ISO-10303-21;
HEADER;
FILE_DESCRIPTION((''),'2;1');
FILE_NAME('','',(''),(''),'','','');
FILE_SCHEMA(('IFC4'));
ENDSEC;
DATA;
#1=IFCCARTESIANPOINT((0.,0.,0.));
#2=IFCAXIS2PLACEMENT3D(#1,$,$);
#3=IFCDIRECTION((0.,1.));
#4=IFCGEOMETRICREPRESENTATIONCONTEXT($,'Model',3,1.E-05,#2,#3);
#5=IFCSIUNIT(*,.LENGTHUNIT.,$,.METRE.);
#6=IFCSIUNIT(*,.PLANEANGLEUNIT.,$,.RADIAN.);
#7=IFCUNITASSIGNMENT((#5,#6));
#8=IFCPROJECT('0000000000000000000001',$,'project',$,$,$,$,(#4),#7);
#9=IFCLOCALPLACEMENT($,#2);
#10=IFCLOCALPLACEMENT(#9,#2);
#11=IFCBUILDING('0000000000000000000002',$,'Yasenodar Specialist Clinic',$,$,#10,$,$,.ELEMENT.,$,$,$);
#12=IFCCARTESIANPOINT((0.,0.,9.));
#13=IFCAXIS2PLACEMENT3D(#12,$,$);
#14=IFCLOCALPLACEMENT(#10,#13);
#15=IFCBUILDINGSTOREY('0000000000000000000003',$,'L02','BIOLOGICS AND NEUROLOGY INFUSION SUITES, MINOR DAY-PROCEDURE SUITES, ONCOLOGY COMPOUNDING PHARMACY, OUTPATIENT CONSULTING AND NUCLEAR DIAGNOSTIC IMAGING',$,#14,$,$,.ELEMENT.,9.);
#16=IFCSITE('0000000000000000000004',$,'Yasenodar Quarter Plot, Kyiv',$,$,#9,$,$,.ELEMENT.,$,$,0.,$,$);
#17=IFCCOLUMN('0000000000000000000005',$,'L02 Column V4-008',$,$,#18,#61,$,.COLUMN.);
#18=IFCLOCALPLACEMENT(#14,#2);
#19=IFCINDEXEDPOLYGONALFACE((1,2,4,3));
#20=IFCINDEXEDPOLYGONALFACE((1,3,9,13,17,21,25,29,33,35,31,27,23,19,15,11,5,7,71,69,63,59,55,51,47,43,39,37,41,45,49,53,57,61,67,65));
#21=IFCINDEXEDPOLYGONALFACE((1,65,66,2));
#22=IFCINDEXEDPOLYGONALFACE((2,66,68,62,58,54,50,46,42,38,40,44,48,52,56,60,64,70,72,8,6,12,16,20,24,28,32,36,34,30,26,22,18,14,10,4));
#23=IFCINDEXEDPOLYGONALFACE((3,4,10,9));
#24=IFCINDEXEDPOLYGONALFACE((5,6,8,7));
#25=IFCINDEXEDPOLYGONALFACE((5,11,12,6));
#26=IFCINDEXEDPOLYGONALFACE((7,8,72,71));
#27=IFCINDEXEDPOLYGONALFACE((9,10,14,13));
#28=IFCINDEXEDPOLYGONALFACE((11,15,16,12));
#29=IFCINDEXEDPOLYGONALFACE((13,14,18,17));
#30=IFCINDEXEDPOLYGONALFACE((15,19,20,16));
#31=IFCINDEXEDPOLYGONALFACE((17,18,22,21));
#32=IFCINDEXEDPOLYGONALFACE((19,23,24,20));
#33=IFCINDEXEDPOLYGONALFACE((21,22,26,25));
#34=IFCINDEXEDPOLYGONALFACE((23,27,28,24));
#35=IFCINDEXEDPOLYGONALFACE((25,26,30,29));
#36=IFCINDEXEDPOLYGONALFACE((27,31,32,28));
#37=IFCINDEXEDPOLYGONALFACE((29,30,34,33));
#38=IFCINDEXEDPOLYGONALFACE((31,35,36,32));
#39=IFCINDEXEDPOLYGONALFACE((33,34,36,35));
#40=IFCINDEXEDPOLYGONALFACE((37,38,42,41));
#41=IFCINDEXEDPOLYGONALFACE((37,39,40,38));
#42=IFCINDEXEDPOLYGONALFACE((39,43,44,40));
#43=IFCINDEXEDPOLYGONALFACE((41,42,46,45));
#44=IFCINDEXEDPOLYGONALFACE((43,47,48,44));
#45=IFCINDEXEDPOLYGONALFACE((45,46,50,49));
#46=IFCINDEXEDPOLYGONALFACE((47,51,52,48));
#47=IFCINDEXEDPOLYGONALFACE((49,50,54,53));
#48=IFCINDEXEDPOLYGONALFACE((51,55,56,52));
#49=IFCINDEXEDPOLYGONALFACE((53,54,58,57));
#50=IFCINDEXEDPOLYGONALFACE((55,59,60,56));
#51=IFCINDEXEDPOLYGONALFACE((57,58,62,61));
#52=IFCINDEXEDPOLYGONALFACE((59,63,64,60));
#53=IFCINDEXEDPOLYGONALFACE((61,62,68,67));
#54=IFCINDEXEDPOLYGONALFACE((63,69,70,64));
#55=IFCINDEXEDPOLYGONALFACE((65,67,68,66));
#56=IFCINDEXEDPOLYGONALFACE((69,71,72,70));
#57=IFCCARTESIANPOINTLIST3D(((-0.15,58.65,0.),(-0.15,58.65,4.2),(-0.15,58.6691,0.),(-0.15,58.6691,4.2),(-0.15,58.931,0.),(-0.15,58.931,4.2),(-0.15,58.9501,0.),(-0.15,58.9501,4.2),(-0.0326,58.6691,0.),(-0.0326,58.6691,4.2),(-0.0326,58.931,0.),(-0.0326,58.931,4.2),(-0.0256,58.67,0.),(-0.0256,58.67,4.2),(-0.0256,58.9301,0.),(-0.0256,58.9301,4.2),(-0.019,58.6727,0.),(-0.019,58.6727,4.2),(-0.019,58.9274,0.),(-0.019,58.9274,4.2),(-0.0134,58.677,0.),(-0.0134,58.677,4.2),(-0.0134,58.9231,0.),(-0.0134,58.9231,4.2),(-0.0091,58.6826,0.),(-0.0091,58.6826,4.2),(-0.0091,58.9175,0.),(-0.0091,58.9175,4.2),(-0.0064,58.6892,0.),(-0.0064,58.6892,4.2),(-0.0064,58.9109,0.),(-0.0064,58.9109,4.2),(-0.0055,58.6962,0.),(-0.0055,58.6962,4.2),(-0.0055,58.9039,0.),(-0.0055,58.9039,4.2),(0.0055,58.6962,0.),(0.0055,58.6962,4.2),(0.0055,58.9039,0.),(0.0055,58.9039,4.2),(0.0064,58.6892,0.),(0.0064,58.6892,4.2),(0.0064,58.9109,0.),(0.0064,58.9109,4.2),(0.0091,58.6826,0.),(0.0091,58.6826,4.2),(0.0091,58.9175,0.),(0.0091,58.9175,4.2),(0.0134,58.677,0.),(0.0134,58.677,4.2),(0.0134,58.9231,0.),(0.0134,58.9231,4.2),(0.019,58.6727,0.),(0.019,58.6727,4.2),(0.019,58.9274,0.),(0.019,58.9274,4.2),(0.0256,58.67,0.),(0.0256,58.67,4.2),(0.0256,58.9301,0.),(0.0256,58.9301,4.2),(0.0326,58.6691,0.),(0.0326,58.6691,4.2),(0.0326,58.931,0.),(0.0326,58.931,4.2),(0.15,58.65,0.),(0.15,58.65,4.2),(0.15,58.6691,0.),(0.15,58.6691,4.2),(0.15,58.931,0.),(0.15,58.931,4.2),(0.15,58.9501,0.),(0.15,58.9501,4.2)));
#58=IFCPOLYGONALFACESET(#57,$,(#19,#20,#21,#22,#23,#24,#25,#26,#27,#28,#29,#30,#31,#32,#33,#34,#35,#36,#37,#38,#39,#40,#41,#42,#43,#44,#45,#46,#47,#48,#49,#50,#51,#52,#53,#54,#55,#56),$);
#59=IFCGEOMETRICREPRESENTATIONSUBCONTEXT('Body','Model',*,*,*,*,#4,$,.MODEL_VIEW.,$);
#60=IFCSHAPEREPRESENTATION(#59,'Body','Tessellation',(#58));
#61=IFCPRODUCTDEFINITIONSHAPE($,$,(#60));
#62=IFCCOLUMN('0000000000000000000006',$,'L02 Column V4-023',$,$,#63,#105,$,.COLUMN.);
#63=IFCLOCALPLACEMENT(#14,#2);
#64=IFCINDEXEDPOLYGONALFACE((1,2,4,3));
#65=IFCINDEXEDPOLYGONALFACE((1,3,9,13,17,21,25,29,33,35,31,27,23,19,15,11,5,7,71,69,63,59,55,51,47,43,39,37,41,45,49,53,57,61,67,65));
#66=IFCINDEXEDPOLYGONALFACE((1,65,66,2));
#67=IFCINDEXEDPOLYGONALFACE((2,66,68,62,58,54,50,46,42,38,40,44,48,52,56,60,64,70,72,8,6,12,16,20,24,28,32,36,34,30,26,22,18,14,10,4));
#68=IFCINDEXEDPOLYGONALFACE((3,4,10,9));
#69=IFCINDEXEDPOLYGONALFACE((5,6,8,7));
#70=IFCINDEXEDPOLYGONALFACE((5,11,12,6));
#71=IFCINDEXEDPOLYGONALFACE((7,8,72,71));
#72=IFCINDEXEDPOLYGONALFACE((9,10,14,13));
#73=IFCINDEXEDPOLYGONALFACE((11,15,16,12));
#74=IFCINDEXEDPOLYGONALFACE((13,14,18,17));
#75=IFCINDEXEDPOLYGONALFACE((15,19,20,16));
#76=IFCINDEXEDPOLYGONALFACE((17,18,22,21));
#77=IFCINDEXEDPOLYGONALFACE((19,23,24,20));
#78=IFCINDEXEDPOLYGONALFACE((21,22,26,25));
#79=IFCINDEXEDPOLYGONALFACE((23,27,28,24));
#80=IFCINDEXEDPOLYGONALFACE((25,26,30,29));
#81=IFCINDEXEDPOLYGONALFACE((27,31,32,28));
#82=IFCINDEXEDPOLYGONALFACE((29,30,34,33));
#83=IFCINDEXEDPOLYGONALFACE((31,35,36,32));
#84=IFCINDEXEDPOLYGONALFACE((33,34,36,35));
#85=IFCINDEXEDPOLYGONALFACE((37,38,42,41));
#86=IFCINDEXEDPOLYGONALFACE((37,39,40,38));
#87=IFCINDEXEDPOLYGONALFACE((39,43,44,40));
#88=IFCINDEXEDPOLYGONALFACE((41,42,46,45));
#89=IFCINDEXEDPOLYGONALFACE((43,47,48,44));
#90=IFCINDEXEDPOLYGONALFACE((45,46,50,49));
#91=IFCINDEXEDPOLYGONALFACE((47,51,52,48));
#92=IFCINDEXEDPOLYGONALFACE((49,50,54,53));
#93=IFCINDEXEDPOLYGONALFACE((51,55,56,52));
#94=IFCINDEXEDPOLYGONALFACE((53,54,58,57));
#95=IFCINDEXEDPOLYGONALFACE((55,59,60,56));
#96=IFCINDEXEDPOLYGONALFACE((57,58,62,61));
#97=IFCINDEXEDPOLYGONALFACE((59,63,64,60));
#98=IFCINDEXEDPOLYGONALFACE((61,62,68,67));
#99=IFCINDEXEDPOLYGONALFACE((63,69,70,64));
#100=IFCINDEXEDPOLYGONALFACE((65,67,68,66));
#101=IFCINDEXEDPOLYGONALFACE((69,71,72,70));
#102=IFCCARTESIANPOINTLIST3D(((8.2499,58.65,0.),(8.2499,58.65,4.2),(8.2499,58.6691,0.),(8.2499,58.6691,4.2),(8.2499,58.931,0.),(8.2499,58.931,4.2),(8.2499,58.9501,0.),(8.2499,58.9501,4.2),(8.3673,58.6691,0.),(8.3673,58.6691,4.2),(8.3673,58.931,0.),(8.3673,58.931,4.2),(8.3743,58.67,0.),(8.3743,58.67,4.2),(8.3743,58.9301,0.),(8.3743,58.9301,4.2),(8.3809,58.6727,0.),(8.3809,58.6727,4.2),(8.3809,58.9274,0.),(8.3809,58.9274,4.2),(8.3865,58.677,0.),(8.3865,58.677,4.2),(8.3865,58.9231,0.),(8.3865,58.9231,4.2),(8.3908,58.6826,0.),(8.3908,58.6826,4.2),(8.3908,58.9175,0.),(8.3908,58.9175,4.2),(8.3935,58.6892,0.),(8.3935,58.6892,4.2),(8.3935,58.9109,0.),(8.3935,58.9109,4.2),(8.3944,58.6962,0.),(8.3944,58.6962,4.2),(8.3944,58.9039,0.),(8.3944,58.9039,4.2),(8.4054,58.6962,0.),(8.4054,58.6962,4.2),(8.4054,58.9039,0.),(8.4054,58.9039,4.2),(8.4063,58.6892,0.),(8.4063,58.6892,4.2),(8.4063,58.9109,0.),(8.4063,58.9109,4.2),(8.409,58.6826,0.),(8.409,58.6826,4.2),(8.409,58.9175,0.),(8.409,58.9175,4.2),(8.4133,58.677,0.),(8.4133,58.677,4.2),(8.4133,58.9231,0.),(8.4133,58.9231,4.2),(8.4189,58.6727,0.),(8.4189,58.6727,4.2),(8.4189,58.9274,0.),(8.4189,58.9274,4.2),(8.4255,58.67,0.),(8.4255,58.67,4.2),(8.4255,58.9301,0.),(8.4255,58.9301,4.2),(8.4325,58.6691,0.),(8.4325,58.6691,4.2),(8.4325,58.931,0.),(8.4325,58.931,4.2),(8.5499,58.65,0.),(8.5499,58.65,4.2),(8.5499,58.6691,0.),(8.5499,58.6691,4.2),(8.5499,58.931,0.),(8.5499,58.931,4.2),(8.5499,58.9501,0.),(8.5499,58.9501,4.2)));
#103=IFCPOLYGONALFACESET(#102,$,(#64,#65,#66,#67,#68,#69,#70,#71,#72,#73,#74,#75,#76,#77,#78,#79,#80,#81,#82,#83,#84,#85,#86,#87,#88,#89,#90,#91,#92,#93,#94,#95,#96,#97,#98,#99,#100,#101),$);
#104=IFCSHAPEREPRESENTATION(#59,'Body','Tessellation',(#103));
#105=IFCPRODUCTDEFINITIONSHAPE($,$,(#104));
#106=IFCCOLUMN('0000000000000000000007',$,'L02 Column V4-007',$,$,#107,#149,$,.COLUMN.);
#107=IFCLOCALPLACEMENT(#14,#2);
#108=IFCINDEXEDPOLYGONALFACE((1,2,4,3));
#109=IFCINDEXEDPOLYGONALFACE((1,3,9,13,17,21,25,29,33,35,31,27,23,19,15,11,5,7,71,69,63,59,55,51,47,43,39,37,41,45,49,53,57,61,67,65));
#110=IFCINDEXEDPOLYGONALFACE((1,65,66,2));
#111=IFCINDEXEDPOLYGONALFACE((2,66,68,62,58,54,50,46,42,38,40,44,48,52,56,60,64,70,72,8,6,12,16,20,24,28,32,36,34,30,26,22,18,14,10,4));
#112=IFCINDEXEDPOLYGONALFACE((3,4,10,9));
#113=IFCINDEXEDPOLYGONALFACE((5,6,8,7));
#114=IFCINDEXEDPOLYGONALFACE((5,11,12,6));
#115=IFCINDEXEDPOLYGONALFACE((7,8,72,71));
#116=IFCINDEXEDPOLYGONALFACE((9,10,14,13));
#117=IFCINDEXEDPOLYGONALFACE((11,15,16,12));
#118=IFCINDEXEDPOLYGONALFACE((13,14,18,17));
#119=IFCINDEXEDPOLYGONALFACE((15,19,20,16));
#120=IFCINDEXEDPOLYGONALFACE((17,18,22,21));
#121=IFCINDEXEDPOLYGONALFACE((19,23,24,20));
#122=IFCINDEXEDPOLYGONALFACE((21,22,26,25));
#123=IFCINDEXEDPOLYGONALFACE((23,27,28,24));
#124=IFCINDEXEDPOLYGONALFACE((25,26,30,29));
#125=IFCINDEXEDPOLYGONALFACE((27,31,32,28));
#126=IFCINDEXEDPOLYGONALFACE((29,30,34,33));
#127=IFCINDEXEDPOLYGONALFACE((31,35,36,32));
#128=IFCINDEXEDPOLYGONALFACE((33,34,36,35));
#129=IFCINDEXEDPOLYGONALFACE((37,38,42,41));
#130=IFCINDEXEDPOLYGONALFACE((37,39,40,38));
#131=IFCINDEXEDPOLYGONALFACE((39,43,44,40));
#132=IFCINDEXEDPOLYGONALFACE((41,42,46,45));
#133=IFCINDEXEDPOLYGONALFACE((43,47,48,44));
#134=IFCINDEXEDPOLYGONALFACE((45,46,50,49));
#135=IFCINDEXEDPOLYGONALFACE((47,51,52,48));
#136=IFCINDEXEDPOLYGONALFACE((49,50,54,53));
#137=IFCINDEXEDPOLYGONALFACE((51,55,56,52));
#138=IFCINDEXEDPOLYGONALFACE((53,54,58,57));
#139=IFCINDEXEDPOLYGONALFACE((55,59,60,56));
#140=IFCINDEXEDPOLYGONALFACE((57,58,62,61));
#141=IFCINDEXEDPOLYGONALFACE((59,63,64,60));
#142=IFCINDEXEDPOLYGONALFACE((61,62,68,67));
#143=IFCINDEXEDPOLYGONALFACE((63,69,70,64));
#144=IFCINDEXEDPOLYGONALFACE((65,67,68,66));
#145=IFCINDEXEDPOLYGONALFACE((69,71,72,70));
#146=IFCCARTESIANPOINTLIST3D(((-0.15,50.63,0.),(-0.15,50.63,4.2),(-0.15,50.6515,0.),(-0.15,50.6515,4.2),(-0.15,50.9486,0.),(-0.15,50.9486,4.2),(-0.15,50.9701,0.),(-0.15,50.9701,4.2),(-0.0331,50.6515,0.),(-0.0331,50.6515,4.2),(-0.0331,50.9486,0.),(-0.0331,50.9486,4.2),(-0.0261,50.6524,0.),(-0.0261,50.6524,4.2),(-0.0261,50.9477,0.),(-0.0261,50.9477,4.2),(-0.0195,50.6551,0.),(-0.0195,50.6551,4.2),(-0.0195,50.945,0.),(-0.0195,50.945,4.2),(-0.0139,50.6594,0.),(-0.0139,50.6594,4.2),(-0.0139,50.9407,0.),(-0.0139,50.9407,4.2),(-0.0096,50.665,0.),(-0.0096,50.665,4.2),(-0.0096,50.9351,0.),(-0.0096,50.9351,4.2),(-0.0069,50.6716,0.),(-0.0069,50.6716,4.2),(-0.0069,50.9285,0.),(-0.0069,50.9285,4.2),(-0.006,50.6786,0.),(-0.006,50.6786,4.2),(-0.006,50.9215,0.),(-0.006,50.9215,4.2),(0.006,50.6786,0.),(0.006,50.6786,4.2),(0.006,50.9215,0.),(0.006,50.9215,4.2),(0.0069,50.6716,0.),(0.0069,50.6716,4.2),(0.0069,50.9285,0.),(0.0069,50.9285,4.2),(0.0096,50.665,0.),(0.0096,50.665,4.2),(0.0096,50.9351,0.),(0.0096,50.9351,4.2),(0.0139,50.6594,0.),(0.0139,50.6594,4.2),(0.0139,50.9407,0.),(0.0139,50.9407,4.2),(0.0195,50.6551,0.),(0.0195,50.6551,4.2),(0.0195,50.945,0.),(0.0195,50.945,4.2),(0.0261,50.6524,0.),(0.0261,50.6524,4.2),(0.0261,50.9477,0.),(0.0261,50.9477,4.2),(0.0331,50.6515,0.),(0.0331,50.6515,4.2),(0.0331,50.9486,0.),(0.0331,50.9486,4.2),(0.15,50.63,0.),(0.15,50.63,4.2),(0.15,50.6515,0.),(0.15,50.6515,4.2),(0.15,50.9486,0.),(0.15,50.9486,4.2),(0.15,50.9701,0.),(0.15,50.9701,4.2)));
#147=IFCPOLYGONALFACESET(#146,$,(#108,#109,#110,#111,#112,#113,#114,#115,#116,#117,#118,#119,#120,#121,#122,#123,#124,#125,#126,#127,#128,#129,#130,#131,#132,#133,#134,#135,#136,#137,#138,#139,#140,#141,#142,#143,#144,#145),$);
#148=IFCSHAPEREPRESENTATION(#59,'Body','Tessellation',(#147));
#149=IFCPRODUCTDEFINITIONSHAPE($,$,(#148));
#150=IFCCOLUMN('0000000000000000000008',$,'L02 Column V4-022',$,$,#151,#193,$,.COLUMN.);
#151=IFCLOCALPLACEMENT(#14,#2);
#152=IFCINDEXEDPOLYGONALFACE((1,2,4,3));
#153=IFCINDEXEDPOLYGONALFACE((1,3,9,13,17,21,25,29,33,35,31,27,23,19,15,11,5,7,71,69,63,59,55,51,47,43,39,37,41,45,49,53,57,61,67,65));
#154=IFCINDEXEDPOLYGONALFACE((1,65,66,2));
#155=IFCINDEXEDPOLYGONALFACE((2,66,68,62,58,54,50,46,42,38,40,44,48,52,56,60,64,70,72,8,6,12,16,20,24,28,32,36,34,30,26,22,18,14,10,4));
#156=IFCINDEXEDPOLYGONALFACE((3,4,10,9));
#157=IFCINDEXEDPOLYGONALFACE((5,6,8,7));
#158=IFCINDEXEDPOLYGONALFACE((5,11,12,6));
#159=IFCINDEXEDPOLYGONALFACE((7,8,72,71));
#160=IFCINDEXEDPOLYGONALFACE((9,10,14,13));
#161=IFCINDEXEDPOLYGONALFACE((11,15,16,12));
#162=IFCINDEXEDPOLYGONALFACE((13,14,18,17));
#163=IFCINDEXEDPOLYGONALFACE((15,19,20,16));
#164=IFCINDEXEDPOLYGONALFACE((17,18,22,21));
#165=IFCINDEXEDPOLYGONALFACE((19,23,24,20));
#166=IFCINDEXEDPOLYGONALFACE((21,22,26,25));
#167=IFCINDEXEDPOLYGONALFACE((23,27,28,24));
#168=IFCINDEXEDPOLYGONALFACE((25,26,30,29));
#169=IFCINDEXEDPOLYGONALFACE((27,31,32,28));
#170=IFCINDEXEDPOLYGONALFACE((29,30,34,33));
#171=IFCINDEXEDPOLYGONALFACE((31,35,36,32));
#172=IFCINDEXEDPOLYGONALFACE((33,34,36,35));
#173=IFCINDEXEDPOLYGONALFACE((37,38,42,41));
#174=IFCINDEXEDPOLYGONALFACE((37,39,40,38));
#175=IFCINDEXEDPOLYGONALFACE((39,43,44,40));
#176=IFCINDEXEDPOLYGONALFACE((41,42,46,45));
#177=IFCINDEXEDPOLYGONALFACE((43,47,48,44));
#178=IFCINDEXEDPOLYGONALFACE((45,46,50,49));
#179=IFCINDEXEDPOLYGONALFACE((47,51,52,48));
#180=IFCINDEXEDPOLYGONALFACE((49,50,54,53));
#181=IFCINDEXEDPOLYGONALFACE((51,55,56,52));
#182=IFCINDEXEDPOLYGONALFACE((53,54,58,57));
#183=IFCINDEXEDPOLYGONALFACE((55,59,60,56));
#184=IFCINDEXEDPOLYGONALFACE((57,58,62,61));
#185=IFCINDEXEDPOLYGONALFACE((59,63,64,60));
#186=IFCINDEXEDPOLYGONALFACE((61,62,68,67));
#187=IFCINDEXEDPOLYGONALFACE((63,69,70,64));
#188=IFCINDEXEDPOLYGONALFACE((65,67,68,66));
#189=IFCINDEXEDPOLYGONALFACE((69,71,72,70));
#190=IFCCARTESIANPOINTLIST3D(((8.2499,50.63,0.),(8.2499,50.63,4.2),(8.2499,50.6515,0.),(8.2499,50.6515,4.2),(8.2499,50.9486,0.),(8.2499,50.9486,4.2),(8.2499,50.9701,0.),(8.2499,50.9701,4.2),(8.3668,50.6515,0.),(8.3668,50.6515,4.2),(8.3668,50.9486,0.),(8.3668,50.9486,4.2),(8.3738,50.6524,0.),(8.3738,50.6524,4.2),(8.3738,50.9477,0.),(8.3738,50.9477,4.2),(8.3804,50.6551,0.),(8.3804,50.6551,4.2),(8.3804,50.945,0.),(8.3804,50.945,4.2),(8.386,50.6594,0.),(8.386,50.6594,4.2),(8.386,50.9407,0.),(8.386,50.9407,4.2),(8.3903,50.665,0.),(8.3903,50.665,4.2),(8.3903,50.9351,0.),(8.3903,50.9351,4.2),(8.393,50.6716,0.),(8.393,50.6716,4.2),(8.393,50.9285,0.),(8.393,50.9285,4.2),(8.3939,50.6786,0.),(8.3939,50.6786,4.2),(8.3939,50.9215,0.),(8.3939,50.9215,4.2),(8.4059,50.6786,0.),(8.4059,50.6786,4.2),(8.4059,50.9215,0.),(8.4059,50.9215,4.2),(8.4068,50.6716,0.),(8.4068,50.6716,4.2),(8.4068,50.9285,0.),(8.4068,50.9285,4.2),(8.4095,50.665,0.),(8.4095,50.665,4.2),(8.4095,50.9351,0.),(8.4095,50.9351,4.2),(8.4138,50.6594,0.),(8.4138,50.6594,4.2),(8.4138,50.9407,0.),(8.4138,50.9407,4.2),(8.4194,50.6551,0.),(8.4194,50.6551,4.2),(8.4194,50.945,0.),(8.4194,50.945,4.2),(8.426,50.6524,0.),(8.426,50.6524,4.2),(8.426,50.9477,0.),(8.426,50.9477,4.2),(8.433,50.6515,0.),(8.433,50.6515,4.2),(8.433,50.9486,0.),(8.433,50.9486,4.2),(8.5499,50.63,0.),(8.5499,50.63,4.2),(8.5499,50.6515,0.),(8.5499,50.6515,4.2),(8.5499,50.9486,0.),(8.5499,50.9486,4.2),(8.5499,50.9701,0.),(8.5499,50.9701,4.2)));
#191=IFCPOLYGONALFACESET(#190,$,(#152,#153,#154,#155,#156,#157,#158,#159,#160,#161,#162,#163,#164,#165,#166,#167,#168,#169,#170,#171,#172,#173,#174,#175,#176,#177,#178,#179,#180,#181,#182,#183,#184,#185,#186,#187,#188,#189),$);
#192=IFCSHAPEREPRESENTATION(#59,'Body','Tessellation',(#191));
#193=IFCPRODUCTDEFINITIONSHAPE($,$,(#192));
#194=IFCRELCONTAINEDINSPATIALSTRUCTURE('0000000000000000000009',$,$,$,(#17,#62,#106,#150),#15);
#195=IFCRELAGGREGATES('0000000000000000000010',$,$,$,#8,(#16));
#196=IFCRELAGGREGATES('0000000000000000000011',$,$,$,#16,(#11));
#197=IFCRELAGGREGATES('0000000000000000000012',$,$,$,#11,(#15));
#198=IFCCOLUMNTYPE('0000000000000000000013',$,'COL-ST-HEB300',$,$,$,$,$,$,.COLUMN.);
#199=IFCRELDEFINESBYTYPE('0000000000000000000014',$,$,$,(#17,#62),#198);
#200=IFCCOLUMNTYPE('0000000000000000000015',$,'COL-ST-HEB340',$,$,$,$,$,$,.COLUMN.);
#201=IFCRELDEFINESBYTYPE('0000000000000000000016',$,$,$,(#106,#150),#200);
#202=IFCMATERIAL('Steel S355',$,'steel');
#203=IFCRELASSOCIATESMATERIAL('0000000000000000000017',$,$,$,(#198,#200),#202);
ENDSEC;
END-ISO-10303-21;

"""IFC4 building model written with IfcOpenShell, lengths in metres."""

from ifc_helpers import new_model, si_unit, direction, frame, origin, origin_2d, place, context, subcontext, project, spatial, i_section, extrude, material, material_profile, profile_set, type_object, element, save


model = new_model("IFC4")

# Units and contexts
model_context = context("Model", 3, precision=1e-05, world=origin(), true_north=direction((0.0, 1.0)))
body_context = subcontext(model_context, "Body", "Model", "MODEL_VIEW")
ifc_project = project(units=[si_unit("LENGTHUNIT", "METRE"), si_unit("PLANEANGLEUNIT", "RADIAN")], contexts=[model_context])

# Site, building, storey
site_placement = place(None, origin())
site = spatial("IfcSite", under=ifc_project, at=site_placement, Name="Yasenodar Quarter Plot, Kyiv", CompositionType="ELEMENT", RefElevation=0.0)
building_placement = place(site_placement, origin())
building = spatial("IfcBuilding", under=site, at=building_placement, Name="Yasenodar Specialist Clinic", CompositionType="ELEMENT")
storey_placement = place(building_placement, frame((0.0, 0.0, 9.0)))
storey = spatial("IfcBuildingStorey", under=building, at=storey_placement, Name="L02", Description="BIOLOGICS AND NEUROLOGY INFUSION SUITES, MINOR DAY-PROCEDURE SUITES, ONCOLOGY COMPOUNDING PHARMACY, OUTPATIENT CONSULTING AND NUCLEAR DIAGNOSTIC IMAGING", CompositionType="ELEMENT", Elevation=9.0)

# Columns
ifc_material_1 = material(Name="Steel S355", Category="steel")
ifc_material_profile_1 = material_profile(ifc_material_1, i_section(OverallWidth=0.3, OverallDepth=0.3, WebThickness=0.011, FlangeThickness=0.019, FilletRadius=0.0271, at=origin_2d()), Name="HEB 300")
ifc_profile_set_1 = profile_set([ifc_material_profile_1], Name="Steel S355")
column_type_1 = type_object("IfcColumnType", Name="COL-ST-HEB300", PredefinedType="COLUMN", material=ifc_profile_set_1)
for number, where, z_axis, x_axis, name in (
    (1, (0.0, 58.8, 0.0), (0.0, 0.0, 1.0), (1.0, 0.0, 0.0), "L02 Column V4-008"),
    (2, (8.3999, 58.8, 0.0), (0.0, 0.0, 1.0), (1.0, 0.0, 0.0), "L02 Column V4-023"),
):
    element("IfcColumn", number, at=place(storey_placement, frame(where, z_axis=z_axis, x_axis=x_axis)), inside=storey, type_object=column_type_1, Name=name, PredefinedType="COLUMN", context=body_context, shape_type="SweptSolid", body=[
        extrude(i_section(OverallWidth=0.3, OverallDepth=0.3, WebThickness=0.011, FlangeThickness=0.019, FilletRadius=0.0271, at=origin_2d()), origin(), (0.0, 0.0, 1.0), 4.2),
    ])
ifc_material_profile_2 = material_profile(ifc_material_1, i_section(OverallWidth=0.3, OverallDepth=0.3401, WebThickness=0.012, FlangeThickness=0.0215, FilletRadius=0.0271, at=origin_2d()), Name="HEB 340")
ifc_profile_set_2 = profile_set([ifc_material_profile_2], Name="Steel S355")
column_type_2 = type_object("IfcColumnType", Name="COL-ST-HEB340", PredefinedType="COLUMN", material=ifc_profile_set_2)
for number, where, z_axis, x_axis, name in (
    (3, (0.0, 50.8, 0.0), (0.0, 0.0, 1.0), (1.0, 0.0, 0.0), "L02 Column V4-007"),
    (4, (8.3999, 50.8, 0.0), (0.0, 0.0, 1.0), (1.0, 0.0, 0.0), "L02 Column V4-022"),
):
    element("IfcColumn", number, at=place(storey_placement, frame(where, z_axis=z_axis, x_axis=x_axis)), inside=storey, type_object=column_type_2, Name=name, PredefinedType="COLUMN", context=body_context, shape_type="SweptSolid", body=[
        extrude(i_section(OverallWidth=0.3, OverallDepth=0.3401, WebThickness=0.012, FlangeThickness=0.0215, FilletRadius=0.0271, at=origin_2d()), origin(), (0.0, 0.0, 1.0), 4.2),
    ])

save(model, "model.ifc")
